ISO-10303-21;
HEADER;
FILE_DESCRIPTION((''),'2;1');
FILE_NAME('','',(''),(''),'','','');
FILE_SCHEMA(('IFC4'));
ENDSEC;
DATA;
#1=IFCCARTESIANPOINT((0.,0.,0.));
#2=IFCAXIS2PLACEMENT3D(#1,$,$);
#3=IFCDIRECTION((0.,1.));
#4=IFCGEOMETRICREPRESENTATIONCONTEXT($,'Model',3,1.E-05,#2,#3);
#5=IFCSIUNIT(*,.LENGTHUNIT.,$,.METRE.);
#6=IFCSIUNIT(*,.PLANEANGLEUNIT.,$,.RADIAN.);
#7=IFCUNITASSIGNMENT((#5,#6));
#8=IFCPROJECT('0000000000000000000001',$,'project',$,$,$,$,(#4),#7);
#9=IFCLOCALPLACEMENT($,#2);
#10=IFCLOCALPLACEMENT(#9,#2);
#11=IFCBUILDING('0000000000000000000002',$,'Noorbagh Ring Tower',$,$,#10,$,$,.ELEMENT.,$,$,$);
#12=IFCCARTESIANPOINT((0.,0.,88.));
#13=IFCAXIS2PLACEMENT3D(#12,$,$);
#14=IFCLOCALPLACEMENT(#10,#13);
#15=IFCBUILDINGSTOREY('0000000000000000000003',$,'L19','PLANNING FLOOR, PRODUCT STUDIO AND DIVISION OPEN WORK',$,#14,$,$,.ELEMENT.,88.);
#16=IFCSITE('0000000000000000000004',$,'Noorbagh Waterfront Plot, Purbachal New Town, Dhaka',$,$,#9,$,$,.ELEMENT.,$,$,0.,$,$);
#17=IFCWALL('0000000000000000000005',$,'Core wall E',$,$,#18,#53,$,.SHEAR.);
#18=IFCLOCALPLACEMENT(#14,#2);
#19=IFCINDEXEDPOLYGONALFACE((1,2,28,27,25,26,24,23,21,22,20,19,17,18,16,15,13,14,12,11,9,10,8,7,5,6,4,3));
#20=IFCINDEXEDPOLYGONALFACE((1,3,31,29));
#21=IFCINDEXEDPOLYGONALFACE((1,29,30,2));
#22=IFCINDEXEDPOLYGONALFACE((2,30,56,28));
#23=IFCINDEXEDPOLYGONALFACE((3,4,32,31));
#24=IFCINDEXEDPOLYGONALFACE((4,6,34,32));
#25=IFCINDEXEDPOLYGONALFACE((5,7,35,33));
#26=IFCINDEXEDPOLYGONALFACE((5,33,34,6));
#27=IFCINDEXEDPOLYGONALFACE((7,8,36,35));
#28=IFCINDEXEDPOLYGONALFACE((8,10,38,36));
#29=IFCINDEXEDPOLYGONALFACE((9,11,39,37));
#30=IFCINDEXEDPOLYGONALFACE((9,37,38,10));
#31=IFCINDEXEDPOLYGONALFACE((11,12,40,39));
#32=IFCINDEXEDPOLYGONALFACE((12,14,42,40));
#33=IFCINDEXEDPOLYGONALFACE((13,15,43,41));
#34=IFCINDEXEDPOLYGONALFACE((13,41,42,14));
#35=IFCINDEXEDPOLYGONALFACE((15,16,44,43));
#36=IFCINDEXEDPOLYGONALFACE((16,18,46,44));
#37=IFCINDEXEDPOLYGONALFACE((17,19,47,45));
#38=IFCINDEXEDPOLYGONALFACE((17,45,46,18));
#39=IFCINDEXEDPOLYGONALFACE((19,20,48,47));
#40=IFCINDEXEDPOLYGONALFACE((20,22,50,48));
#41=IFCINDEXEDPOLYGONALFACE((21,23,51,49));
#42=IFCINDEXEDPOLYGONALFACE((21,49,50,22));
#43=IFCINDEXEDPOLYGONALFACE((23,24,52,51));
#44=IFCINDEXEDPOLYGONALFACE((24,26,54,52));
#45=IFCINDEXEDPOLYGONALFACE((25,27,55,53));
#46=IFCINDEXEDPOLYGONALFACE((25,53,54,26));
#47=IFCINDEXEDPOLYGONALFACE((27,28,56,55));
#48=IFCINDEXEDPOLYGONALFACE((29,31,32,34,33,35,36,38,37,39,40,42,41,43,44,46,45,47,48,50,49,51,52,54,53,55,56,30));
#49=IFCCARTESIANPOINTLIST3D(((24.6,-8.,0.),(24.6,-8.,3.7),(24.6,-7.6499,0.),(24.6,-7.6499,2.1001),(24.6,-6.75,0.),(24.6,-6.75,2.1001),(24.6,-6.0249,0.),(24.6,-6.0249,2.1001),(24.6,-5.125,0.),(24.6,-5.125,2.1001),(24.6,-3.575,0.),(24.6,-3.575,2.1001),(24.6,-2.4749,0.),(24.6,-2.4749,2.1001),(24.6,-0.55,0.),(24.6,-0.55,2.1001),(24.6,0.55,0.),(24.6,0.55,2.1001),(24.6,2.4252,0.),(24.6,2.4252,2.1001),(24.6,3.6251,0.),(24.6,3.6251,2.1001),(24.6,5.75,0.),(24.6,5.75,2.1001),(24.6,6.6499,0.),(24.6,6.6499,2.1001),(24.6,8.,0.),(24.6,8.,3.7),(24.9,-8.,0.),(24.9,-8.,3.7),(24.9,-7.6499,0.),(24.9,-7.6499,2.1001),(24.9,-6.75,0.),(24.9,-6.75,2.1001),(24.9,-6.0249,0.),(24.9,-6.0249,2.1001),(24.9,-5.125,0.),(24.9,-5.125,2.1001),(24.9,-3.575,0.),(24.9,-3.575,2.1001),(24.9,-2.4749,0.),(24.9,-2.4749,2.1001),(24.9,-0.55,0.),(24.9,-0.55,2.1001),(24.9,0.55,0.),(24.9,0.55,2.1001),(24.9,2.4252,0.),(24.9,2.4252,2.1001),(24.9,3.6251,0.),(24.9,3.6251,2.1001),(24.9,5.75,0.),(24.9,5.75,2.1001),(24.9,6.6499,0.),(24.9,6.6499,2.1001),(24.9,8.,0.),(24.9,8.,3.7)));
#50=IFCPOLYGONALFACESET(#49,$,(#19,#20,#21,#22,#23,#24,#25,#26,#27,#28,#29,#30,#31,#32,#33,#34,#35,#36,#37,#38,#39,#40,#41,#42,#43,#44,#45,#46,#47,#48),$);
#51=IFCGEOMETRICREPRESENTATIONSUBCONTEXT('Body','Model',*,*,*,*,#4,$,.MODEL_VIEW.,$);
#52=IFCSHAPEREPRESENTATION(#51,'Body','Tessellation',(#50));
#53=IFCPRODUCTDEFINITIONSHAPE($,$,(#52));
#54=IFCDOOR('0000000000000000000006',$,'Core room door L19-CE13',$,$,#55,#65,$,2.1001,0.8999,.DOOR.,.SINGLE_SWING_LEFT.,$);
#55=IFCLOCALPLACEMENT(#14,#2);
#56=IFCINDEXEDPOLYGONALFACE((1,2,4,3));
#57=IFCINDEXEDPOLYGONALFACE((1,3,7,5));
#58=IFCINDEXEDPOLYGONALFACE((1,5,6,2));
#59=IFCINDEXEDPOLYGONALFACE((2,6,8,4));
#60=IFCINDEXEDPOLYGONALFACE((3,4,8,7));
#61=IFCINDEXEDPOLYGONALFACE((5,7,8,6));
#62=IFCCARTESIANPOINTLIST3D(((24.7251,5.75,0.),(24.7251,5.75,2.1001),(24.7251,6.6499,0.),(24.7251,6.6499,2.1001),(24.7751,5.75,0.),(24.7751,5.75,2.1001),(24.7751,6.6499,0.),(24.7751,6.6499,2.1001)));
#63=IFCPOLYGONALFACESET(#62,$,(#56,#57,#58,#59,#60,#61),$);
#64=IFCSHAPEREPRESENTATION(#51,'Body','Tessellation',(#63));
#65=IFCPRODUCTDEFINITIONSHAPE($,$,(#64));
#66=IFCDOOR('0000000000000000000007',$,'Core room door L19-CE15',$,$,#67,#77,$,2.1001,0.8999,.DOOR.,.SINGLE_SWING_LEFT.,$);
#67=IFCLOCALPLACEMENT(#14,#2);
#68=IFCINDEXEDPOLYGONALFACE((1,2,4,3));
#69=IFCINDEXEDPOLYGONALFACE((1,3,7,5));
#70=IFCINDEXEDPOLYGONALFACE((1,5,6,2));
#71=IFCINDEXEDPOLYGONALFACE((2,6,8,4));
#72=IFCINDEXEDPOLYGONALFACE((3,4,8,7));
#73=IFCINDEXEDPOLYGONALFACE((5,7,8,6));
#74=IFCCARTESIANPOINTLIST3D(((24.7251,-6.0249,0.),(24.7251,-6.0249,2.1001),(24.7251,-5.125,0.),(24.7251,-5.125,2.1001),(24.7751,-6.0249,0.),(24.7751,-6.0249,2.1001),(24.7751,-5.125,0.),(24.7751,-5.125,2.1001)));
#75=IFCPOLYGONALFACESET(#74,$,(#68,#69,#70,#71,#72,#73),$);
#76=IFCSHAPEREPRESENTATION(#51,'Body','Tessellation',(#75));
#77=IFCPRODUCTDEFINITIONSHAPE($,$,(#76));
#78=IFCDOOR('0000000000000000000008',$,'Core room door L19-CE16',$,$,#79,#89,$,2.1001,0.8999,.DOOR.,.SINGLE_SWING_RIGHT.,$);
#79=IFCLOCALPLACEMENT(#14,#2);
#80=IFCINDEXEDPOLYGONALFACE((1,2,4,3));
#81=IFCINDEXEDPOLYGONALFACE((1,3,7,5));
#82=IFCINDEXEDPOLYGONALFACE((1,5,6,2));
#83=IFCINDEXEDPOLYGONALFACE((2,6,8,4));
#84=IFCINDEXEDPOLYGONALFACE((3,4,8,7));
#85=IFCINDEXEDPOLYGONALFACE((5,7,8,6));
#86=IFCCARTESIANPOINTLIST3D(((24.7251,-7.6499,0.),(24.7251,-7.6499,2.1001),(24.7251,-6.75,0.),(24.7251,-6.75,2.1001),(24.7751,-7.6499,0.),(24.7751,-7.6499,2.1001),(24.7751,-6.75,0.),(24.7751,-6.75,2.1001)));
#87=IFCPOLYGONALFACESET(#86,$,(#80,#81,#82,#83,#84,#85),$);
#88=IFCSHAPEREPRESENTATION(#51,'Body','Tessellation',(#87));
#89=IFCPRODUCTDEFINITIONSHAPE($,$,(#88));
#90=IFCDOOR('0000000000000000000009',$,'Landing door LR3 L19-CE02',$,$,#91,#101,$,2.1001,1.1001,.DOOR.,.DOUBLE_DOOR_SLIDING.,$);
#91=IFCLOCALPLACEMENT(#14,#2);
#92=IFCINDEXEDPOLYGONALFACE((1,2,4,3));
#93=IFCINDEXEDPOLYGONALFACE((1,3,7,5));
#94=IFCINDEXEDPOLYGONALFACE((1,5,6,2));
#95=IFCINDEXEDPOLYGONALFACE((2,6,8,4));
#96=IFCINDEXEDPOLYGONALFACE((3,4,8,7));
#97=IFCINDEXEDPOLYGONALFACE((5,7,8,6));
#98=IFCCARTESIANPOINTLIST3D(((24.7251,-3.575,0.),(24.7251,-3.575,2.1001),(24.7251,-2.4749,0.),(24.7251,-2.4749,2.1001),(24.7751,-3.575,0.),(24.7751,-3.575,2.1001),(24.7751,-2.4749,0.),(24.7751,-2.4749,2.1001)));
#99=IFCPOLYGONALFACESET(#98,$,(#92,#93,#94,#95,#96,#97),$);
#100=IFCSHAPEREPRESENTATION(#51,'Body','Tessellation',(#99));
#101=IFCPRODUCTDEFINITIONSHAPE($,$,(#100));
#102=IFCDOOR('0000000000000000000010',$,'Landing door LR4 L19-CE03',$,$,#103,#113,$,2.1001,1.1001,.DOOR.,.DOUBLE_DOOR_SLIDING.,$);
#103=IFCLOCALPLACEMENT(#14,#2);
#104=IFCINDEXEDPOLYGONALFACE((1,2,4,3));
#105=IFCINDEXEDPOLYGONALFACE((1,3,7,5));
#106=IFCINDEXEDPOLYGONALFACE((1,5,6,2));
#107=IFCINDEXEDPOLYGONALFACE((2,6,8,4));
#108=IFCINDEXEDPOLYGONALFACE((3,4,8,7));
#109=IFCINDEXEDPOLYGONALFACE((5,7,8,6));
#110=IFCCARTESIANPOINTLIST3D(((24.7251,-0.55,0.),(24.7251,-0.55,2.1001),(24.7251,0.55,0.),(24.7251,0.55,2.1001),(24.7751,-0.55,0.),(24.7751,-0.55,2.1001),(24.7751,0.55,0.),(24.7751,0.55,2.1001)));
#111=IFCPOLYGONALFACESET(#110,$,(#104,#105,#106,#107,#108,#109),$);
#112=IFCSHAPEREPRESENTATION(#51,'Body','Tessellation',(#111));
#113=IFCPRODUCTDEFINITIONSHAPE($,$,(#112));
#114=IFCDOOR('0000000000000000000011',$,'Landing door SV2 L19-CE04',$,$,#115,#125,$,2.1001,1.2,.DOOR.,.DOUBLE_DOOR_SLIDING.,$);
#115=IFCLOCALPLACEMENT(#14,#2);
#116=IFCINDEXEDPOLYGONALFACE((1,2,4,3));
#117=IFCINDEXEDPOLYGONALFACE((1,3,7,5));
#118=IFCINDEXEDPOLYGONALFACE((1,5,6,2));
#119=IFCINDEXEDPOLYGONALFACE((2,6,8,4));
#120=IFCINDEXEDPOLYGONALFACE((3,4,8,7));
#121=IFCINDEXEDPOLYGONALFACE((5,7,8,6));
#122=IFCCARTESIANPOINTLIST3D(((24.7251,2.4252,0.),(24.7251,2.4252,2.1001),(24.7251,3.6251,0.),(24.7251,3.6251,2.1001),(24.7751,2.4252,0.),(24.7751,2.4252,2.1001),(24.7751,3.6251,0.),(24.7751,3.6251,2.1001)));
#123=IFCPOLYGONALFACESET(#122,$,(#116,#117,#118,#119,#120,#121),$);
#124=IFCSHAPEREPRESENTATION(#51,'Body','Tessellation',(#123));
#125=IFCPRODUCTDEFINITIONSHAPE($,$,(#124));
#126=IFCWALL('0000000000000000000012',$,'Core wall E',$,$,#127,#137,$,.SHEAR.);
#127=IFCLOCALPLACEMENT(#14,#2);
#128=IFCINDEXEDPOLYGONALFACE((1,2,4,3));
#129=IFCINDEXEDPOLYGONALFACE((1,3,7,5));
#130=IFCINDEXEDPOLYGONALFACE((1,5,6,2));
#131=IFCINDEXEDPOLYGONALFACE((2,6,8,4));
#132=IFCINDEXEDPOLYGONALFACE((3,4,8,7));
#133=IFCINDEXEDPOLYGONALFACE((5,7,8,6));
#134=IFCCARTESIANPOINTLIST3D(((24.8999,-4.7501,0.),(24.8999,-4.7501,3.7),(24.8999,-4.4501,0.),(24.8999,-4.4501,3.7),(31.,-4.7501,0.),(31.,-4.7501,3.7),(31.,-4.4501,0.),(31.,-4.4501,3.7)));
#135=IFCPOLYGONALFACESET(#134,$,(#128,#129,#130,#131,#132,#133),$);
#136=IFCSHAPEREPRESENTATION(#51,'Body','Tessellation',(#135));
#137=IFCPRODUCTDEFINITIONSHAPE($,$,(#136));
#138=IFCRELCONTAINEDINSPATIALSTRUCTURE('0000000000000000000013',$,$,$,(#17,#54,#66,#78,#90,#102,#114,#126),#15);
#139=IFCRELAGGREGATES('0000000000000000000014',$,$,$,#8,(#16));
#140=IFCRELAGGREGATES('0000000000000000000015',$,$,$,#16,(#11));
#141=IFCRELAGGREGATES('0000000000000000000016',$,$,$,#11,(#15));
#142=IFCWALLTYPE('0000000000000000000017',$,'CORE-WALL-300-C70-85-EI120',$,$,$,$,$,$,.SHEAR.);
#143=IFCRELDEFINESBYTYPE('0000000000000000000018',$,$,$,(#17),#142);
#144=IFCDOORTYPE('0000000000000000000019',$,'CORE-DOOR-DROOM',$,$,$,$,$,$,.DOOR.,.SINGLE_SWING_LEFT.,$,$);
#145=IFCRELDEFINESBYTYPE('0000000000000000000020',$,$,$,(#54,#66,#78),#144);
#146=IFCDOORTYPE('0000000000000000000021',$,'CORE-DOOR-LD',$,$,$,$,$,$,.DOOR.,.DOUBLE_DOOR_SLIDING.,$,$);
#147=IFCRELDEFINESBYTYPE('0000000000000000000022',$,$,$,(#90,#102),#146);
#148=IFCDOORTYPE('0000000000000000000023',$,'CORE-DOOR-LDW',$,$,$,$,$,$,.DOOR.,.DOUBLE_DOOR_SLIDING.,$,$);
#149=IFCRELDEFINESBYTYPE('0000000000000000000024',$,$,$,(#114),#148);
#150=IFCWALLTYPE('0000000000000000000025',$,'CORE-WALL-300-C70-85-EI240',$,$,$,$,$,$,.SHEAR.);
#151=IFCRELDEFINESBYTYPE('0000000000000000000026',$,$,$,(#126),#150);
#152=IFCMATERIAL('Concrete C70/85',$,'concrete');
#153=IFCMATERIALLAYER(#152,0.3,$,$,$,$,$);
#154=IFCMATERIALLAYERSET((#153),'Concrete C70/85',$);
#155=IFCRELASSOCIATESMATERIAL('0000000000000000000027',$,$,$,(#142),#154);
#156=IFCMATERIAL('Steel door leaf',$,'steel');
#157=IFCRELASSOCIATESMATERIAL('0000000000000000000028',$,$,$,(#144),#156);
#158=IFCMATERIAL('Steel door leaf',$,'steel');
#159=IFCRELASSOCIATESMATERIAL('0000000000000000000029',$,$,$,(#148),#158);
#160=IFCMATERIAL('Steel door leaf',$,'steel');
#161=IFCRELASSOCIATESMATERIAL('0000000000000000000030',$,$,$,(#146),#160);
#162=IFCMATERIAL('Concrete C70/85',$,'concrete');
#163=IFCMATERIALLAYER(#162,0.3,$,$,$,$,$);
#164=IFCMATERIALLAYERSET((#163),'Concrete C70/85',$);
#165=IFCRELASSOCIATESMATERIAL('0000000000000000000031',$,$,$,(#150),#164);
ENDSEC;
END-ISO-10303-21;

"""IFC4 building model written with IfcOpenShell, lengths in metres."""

from ifc_helpers import new_model, si_unit, direction, frame, frame_2d, origin, place, context, subcontext, project, spatial, rectangle, extrude, material, layer, layer_set, type_object, element, fill, save


model = new_model("IFC4")

# Units and contexts
model_context = context("Model", 3, precision=1e-05, world=origin(), true_north=direction((0.0, 1.0)))
body_context = subcontext(model_context, "Body", "Model", "MODEL_VIEW")
ifc_project = project(units=[si_unit("LENGTHUNIT", "METRE"), si_unit("PLANEANGLEUNIT", "RADIAN")], contexts=[model_context])

# Site, building, storey
site_placement = place(None, origin())
site = spatial("IfcSite", under=ifc_project, at=site_placement, Name="Noorbagh Waterfront Plot, Purbachal New Town, Dhaka", CompositionType="ELEMENT", RefElevation=0.0)
building_placement = place(site_placement, origin())
building = spatial("IfcBuilding", under=site, at=building_placement, Name="Noorbagh Ring Tower", CompositionType="ELEMENT")
storey_placement = place(building_placement, frame((0.0, 0.0, 88.0)))
storey = spatial("IfcBuildingStorey", under=building, at=storey_placement, Name="L19", Description="PLANNING FLOOR, PRODUCT STUDIO AND DIVISION OPEN WORK", CompositionType="ELEMENT", Elevation=88.0)

# Shared definitions
ifc_material_1 = material(Name="Concrete C70/85", Category="concrete")
ifc_layer_1 = layer(ifc_material_1, 0.3)
ifc_layer_set_1 = layer_set([ifc_layer_1], Name="Concrete C70/85")
wall_type_1 = type_object("IfcWallType", Name="CORE-WALL-300-C70-85-EI120", PredefinedType="SHEAR", material=ifc_layer_set_1)

# Wall, openings, doors
ifc_material_2 = material(Name="Steel door leaf", Category="steel")
door_type_1 = type_object("IfcDoorType", Name="CORE-DOOR-DROOM", OperationType="SINGLE_SWING_LEFT", PredefinedType="DOOR", material=ifc_material_2)
ifc_material_3 = material(Name="Steel door leaf", Category="steel")
door_type_2 = type_object("IfcDoorType", Name="CORE-DOOR-LDW", OperationType="DOUBLE_DOOR_SLIDING", PredefinedType="DOOR", material=ifc_material_3)
wall_1_placement = place(storey_placement, frame((24.75, -8.0, 0.0), z_axis=(0.0, 0.0, 1.0), x_axis=(0.0, 1.0, 0.0)))
wall_1 = element("IfcWall", 1, at=wall_1_placement, inside=storey, type_object=wall_type_1, Name="Core wall E", PredefinedType="SHEAR", context=body_context, shape_type="SweptSolid", body=[
    extrude(rectangle(XDim=16.0, YDim=0.3, at=frame_2d((8.0, 0.0))), origin(), (0.0, 0.0, 1.0), 3.7),
])
opening_1_placement = place(wall_1_placement, frame((4.425, 0.0, 0.0)))
opening_1 = element("IfcOpeningElement", 2, at=opening_1_placement, cuts=wall_1, PredefinedType="OPENING", context=body_context, shape_type="SweptSolid", body=[
    extrude(rectangle(XDim=1.1001, YDim=2.1001, at=frame_2d((0.55, 1.05))), frame((0.0, 0.1602, 0.0), z_axis=(0.0, -1.0, 0.0), x_axis=(1.0, 0.0, 0.0)), (0.0, 0.0, 1.0), 0.3201),
])
opening_2_placement = place(wall_1_placement, frame((7.45, 0.0, 0.0)))
opening_2 = element("IfcOpeningElement", 3, at=opening_2_placement, cuts=wall_1, PredefinedType="OPENING", context=body_context, shape_type="SweptSolid", body=[
    extrude(rectangle(XDim=1.1001, YDim=2.1001, at=frame_2d((0.55, 1.05))), frame((0.0, 0.1602, 0.0), z_axis=(0.0, -1.0, 0.0), x_axis=(1.0, 0.0, 0.0)), (0.0, 0.0, 1.0), 0.3201),
])
opening_3_placement = place(wall_1_placement, frame((10.425, 0.0, 0.0)))
opening_3 = element("IfcOpeningElement", 4, at=opening_3_placement, cuts=wall_1, PredefinedType="OPENING", context=body_context, shape_type="SweptSolid", body=[
    extrude(rectangle(XDim=1.2, YDim=2.1001, at=frame_2d((0.6001, 1.05))), frame((0.0, 0.1602, 0.0), z_axis=(0.0, -1.0, 0.0), x_axis=(1.0, 0.0, 0.0)), (0.0, 0.0, 1.0), 0.3201),
])
opening_4_placement = place(wall_1_placement, frame((13.75, 0.0, 0.0)))
opening_4 = element("IfcOpeningElement", 5, at=opening_4_placement, cuts=wall_1, PredefinedType="OPENING", context=body_context, shape_type="SweptSolid", body=[
    extrude(rectangle(XDim=0.8999, YDim=2.1001, at=frame_2d((0.45, 1.05))), frame((0.0, 0.1602, 0.0), z_axis=(0.0, -1.0, 0.0), x_axis=(1.0, 0.0, 0.0)), (0.0, 0.0, 1.0), 0.3201),
])
opening_5_placement = place(wall_1_placement, frame((1.9751, 0.0, 0.0)))
opening_5 = element("IfcOpeningElement", 6, at=opening_5_placement, cuts=wall_1, PredefinedType="OPENING", context=body_context, shape_type="SweptSolid", body=[
    extrude(rectangle(XDim=0.8999, YDim=2.1001, at=frame_2d((0.45, 1.05))), frame((0.0, 0.1602, 0.0), z_axis=(0.0, -1.0, 0.0), x_axis=(1.0, 0.0, 0.0)), (0.0, 0.0, 1.0), 0.3201),
])
opening_6_placement = place(wall_1_placement, frame((0.3501, 0.0, 0.0)))
opening_6 = element("IfcOpeningElement", 7, at=opening_6_placement, cuts=wall_1, PredefinedType="OPENING", context=body_context, shape_type="SweptSolid", body=[
    extrude(rectangle(XDim=0.8999, YDim=2.1001, at=frame_2d((0.45, 1.05))), frame((0.0, 0.1602, 0.0), z_axis=(0.0, -1.0, 0.0), x_axis=(1.0, 0.0, 0.0)), (0.0, 0.0, 1.0), 0.3201),
])
door_1_placement = place(opening_4_placement, origin())
door_1 = element("IfcDoor", 8, at=door_1_placement, inside=storey, type_object=door_type_1, Name="Core room door L19-CE13", OperationType="SINGLE_SWING_LEFT", OverallHeight=2.1001, OverallWidth=0.8999, PredefinedType="DOOR", context=body_context, shape_type="SweptSolid", body=[
    extrude(rectangle(XDim=0.8999, YDim=2.1001, at=frame_2d((0.45, 1.05))), frame((0.0, 0.0249, 0.0), z_axis=(0.0, -1.0, 0.0), x_axis=(1.0, 0.0, 0.0)), (0.0, 0.0, 1.0), 0.05),
])
fill(opening_4, door_1)
door_2_placement = place(opening_5_placement, origin())
door_2 = element("IfcDoor", 9, at=door_2_placement, inside=storey, type_object=door_type_1, Name="Core room door L19-CE15", OperationType="SINGLE_SWING_LEFT", OverallHeight=2.1001, OverallWidth=0.8999, PredefinedType="DOOR", context=body_context, shape_type="SweptSolid", body=[
    extrude(rectangle(XDim=0.8999, YDim=2.1001, at=frame_2d((0.45, 1.05))), frame((0.0, 0.0249, 0.0), z_axis=(0.0, -1.0, 0.0), x_axis=(1.0, 0.0, 0.0)), (0.0, 0.0, 1.0), 0.05),
])
fill(opening_5, door_2)
door_3_placement = place(opening_6_placement, origin())
door_3 = element("IfcDoor", 10, at=door_3_placement, inside=storey, type_object=door_type_1, Name="Core room door L19-CE16", OperationType="SINGLE_SWING_RIGHT", OverallHeight=2.1001, OverallWidth=0.8999, PredefinedType="DOOR", context=body_context, shape_type="SweptSolid", body=[
    extrude(rectangle(XDim=0.8999, YDim=2.1001, at=frame_2d((0.45, 1.05))), frame((0.0, 0.0249, 0.0), z_axis=(0.0, -1.0, 0.0), x_axis=(1.0, 0.0, 0.0)), (0.0, 0.0, 1.0), 0.05),
])
fill(opening_6, door_3)
ifc_material_4 = material(Name="Steel door leaf", Category="steel")
door_type_3 = type_object("IfcDoorType", Name="CORE-DOOR-LD", OperationType="DOUBLE_DOOR_SLIDING", PredefinedType="DOOR", material=ifc_material_4)
door_4_placement = place(opening_1_placement, origin())
door_4 = element("IfcDoor", 11, at=door_4_placement, inside=storey, type_object=door_type_3, Name="Landing door LR3 L19-CE02", OperationType="DOUBLE_DOOR_SLIDING", OverallHeight=2.1001, OverallWidth=1.1001, PredefinedType="DOOR", context=body_context, shape_type="SweptSolid", body=[
    extrude(rectangle(XDim=1.1001, YDim=2.1001, at=frame_2d((0.55, 1.05))), frame((0.0, 0.0249, 0.0), z_axis=(0.0, -1.0, 0.0), x_axis=(1.0, 0.0, 0.0)), (0.0, 0.0, 1.0), 0.05),
])
fill(opening_1, door_4)
door_5_placement = place(opening_2_placement, origin())
door_5 = element("IfcDoor", 12, at=door_5_placement, inside=storey, type_object=door_type_3, Name="Landing door LR4 L19-CE03", OperationType="DOUBLE_DOOR_SLIDING", OverallHeight=2.1001, OverallWidth=1.1001, PredefinedType="DOOR", context=body_context, shape_type="SweptSolid", body=[
    extrude(rectangle(XDim=1.1001, YDim=2.1001, at=frame_2d((0.55, 1.05))), frame((0.0, 0.0249, 0.0), z_axis=(0.0, -1.0, 0.0), x_axis=(1.0, 0.0, 0.0)), (0.0, 0.0, 1.0), 0.05),
])
fill(opening_2, door_5)
door_6_placement = place(opening_3_placement, origin())
door_6 = element("IfcDoor", 13, at=door_6_placement, inside=storey, type_object=door_type_2, Name="Landing door SV2 L19-CE04", OperationType="DOUBLE_DOOR_SLIDING", OverallHeight=2.1001, OverallWidth=1.2, PredefinedType="DOOR", context=body_context, shape_type="SweptSolid", body=[
    extrude(rectangle(XDim=1.2, YDim=2.1001, at=frame_2d((0.6001, 1.05))), frame((0.0, 0.0249, 0.0), z_axis=(0.0, -1.0, 0.0), x_axis=(1.0, 0.0, 0.0)), (0.0, 0.0, 1.0), 0.05),
])
fill(opening_3, door_6)

# Wall
ifc_material_5 = material(Name="Concrete C70/85", Category="concrete")
ifc_layer_2 = layer(ifc_material_5, 0.3)
ifc_layer_set_2 = layer_set([ifc_layer_2], Name="Concrete C70/85")
wall_type_2 = type_object("IfcWallType", Name="CORE-WALL-300-C70-85-EI240", PredefinedType="SHEAR", material=ifc_layer_set_2)
wall_2_placement = place(storey_placement, frame((24.8999, -4.6001, 0.0), z_axis=(0.0, 0.0, 1.0), x_axis=(1.0, 0.0, 0.0)))
element("IfcWall", 14, at=wall_2_placement, inside=storey, type_object=wall_type_2, Name="Core wall E", PredefinedType="SHEAR", context=body_context, shape_type="SweptSolid", body=[
    extrude(rectangle(XDim=6.1001, YDim=0.3, at=frame_2d((3.05, 0.0))), origin(), (0.0, 0.0, 1.0), 3.7),
])

save(model, "model.ifc")
